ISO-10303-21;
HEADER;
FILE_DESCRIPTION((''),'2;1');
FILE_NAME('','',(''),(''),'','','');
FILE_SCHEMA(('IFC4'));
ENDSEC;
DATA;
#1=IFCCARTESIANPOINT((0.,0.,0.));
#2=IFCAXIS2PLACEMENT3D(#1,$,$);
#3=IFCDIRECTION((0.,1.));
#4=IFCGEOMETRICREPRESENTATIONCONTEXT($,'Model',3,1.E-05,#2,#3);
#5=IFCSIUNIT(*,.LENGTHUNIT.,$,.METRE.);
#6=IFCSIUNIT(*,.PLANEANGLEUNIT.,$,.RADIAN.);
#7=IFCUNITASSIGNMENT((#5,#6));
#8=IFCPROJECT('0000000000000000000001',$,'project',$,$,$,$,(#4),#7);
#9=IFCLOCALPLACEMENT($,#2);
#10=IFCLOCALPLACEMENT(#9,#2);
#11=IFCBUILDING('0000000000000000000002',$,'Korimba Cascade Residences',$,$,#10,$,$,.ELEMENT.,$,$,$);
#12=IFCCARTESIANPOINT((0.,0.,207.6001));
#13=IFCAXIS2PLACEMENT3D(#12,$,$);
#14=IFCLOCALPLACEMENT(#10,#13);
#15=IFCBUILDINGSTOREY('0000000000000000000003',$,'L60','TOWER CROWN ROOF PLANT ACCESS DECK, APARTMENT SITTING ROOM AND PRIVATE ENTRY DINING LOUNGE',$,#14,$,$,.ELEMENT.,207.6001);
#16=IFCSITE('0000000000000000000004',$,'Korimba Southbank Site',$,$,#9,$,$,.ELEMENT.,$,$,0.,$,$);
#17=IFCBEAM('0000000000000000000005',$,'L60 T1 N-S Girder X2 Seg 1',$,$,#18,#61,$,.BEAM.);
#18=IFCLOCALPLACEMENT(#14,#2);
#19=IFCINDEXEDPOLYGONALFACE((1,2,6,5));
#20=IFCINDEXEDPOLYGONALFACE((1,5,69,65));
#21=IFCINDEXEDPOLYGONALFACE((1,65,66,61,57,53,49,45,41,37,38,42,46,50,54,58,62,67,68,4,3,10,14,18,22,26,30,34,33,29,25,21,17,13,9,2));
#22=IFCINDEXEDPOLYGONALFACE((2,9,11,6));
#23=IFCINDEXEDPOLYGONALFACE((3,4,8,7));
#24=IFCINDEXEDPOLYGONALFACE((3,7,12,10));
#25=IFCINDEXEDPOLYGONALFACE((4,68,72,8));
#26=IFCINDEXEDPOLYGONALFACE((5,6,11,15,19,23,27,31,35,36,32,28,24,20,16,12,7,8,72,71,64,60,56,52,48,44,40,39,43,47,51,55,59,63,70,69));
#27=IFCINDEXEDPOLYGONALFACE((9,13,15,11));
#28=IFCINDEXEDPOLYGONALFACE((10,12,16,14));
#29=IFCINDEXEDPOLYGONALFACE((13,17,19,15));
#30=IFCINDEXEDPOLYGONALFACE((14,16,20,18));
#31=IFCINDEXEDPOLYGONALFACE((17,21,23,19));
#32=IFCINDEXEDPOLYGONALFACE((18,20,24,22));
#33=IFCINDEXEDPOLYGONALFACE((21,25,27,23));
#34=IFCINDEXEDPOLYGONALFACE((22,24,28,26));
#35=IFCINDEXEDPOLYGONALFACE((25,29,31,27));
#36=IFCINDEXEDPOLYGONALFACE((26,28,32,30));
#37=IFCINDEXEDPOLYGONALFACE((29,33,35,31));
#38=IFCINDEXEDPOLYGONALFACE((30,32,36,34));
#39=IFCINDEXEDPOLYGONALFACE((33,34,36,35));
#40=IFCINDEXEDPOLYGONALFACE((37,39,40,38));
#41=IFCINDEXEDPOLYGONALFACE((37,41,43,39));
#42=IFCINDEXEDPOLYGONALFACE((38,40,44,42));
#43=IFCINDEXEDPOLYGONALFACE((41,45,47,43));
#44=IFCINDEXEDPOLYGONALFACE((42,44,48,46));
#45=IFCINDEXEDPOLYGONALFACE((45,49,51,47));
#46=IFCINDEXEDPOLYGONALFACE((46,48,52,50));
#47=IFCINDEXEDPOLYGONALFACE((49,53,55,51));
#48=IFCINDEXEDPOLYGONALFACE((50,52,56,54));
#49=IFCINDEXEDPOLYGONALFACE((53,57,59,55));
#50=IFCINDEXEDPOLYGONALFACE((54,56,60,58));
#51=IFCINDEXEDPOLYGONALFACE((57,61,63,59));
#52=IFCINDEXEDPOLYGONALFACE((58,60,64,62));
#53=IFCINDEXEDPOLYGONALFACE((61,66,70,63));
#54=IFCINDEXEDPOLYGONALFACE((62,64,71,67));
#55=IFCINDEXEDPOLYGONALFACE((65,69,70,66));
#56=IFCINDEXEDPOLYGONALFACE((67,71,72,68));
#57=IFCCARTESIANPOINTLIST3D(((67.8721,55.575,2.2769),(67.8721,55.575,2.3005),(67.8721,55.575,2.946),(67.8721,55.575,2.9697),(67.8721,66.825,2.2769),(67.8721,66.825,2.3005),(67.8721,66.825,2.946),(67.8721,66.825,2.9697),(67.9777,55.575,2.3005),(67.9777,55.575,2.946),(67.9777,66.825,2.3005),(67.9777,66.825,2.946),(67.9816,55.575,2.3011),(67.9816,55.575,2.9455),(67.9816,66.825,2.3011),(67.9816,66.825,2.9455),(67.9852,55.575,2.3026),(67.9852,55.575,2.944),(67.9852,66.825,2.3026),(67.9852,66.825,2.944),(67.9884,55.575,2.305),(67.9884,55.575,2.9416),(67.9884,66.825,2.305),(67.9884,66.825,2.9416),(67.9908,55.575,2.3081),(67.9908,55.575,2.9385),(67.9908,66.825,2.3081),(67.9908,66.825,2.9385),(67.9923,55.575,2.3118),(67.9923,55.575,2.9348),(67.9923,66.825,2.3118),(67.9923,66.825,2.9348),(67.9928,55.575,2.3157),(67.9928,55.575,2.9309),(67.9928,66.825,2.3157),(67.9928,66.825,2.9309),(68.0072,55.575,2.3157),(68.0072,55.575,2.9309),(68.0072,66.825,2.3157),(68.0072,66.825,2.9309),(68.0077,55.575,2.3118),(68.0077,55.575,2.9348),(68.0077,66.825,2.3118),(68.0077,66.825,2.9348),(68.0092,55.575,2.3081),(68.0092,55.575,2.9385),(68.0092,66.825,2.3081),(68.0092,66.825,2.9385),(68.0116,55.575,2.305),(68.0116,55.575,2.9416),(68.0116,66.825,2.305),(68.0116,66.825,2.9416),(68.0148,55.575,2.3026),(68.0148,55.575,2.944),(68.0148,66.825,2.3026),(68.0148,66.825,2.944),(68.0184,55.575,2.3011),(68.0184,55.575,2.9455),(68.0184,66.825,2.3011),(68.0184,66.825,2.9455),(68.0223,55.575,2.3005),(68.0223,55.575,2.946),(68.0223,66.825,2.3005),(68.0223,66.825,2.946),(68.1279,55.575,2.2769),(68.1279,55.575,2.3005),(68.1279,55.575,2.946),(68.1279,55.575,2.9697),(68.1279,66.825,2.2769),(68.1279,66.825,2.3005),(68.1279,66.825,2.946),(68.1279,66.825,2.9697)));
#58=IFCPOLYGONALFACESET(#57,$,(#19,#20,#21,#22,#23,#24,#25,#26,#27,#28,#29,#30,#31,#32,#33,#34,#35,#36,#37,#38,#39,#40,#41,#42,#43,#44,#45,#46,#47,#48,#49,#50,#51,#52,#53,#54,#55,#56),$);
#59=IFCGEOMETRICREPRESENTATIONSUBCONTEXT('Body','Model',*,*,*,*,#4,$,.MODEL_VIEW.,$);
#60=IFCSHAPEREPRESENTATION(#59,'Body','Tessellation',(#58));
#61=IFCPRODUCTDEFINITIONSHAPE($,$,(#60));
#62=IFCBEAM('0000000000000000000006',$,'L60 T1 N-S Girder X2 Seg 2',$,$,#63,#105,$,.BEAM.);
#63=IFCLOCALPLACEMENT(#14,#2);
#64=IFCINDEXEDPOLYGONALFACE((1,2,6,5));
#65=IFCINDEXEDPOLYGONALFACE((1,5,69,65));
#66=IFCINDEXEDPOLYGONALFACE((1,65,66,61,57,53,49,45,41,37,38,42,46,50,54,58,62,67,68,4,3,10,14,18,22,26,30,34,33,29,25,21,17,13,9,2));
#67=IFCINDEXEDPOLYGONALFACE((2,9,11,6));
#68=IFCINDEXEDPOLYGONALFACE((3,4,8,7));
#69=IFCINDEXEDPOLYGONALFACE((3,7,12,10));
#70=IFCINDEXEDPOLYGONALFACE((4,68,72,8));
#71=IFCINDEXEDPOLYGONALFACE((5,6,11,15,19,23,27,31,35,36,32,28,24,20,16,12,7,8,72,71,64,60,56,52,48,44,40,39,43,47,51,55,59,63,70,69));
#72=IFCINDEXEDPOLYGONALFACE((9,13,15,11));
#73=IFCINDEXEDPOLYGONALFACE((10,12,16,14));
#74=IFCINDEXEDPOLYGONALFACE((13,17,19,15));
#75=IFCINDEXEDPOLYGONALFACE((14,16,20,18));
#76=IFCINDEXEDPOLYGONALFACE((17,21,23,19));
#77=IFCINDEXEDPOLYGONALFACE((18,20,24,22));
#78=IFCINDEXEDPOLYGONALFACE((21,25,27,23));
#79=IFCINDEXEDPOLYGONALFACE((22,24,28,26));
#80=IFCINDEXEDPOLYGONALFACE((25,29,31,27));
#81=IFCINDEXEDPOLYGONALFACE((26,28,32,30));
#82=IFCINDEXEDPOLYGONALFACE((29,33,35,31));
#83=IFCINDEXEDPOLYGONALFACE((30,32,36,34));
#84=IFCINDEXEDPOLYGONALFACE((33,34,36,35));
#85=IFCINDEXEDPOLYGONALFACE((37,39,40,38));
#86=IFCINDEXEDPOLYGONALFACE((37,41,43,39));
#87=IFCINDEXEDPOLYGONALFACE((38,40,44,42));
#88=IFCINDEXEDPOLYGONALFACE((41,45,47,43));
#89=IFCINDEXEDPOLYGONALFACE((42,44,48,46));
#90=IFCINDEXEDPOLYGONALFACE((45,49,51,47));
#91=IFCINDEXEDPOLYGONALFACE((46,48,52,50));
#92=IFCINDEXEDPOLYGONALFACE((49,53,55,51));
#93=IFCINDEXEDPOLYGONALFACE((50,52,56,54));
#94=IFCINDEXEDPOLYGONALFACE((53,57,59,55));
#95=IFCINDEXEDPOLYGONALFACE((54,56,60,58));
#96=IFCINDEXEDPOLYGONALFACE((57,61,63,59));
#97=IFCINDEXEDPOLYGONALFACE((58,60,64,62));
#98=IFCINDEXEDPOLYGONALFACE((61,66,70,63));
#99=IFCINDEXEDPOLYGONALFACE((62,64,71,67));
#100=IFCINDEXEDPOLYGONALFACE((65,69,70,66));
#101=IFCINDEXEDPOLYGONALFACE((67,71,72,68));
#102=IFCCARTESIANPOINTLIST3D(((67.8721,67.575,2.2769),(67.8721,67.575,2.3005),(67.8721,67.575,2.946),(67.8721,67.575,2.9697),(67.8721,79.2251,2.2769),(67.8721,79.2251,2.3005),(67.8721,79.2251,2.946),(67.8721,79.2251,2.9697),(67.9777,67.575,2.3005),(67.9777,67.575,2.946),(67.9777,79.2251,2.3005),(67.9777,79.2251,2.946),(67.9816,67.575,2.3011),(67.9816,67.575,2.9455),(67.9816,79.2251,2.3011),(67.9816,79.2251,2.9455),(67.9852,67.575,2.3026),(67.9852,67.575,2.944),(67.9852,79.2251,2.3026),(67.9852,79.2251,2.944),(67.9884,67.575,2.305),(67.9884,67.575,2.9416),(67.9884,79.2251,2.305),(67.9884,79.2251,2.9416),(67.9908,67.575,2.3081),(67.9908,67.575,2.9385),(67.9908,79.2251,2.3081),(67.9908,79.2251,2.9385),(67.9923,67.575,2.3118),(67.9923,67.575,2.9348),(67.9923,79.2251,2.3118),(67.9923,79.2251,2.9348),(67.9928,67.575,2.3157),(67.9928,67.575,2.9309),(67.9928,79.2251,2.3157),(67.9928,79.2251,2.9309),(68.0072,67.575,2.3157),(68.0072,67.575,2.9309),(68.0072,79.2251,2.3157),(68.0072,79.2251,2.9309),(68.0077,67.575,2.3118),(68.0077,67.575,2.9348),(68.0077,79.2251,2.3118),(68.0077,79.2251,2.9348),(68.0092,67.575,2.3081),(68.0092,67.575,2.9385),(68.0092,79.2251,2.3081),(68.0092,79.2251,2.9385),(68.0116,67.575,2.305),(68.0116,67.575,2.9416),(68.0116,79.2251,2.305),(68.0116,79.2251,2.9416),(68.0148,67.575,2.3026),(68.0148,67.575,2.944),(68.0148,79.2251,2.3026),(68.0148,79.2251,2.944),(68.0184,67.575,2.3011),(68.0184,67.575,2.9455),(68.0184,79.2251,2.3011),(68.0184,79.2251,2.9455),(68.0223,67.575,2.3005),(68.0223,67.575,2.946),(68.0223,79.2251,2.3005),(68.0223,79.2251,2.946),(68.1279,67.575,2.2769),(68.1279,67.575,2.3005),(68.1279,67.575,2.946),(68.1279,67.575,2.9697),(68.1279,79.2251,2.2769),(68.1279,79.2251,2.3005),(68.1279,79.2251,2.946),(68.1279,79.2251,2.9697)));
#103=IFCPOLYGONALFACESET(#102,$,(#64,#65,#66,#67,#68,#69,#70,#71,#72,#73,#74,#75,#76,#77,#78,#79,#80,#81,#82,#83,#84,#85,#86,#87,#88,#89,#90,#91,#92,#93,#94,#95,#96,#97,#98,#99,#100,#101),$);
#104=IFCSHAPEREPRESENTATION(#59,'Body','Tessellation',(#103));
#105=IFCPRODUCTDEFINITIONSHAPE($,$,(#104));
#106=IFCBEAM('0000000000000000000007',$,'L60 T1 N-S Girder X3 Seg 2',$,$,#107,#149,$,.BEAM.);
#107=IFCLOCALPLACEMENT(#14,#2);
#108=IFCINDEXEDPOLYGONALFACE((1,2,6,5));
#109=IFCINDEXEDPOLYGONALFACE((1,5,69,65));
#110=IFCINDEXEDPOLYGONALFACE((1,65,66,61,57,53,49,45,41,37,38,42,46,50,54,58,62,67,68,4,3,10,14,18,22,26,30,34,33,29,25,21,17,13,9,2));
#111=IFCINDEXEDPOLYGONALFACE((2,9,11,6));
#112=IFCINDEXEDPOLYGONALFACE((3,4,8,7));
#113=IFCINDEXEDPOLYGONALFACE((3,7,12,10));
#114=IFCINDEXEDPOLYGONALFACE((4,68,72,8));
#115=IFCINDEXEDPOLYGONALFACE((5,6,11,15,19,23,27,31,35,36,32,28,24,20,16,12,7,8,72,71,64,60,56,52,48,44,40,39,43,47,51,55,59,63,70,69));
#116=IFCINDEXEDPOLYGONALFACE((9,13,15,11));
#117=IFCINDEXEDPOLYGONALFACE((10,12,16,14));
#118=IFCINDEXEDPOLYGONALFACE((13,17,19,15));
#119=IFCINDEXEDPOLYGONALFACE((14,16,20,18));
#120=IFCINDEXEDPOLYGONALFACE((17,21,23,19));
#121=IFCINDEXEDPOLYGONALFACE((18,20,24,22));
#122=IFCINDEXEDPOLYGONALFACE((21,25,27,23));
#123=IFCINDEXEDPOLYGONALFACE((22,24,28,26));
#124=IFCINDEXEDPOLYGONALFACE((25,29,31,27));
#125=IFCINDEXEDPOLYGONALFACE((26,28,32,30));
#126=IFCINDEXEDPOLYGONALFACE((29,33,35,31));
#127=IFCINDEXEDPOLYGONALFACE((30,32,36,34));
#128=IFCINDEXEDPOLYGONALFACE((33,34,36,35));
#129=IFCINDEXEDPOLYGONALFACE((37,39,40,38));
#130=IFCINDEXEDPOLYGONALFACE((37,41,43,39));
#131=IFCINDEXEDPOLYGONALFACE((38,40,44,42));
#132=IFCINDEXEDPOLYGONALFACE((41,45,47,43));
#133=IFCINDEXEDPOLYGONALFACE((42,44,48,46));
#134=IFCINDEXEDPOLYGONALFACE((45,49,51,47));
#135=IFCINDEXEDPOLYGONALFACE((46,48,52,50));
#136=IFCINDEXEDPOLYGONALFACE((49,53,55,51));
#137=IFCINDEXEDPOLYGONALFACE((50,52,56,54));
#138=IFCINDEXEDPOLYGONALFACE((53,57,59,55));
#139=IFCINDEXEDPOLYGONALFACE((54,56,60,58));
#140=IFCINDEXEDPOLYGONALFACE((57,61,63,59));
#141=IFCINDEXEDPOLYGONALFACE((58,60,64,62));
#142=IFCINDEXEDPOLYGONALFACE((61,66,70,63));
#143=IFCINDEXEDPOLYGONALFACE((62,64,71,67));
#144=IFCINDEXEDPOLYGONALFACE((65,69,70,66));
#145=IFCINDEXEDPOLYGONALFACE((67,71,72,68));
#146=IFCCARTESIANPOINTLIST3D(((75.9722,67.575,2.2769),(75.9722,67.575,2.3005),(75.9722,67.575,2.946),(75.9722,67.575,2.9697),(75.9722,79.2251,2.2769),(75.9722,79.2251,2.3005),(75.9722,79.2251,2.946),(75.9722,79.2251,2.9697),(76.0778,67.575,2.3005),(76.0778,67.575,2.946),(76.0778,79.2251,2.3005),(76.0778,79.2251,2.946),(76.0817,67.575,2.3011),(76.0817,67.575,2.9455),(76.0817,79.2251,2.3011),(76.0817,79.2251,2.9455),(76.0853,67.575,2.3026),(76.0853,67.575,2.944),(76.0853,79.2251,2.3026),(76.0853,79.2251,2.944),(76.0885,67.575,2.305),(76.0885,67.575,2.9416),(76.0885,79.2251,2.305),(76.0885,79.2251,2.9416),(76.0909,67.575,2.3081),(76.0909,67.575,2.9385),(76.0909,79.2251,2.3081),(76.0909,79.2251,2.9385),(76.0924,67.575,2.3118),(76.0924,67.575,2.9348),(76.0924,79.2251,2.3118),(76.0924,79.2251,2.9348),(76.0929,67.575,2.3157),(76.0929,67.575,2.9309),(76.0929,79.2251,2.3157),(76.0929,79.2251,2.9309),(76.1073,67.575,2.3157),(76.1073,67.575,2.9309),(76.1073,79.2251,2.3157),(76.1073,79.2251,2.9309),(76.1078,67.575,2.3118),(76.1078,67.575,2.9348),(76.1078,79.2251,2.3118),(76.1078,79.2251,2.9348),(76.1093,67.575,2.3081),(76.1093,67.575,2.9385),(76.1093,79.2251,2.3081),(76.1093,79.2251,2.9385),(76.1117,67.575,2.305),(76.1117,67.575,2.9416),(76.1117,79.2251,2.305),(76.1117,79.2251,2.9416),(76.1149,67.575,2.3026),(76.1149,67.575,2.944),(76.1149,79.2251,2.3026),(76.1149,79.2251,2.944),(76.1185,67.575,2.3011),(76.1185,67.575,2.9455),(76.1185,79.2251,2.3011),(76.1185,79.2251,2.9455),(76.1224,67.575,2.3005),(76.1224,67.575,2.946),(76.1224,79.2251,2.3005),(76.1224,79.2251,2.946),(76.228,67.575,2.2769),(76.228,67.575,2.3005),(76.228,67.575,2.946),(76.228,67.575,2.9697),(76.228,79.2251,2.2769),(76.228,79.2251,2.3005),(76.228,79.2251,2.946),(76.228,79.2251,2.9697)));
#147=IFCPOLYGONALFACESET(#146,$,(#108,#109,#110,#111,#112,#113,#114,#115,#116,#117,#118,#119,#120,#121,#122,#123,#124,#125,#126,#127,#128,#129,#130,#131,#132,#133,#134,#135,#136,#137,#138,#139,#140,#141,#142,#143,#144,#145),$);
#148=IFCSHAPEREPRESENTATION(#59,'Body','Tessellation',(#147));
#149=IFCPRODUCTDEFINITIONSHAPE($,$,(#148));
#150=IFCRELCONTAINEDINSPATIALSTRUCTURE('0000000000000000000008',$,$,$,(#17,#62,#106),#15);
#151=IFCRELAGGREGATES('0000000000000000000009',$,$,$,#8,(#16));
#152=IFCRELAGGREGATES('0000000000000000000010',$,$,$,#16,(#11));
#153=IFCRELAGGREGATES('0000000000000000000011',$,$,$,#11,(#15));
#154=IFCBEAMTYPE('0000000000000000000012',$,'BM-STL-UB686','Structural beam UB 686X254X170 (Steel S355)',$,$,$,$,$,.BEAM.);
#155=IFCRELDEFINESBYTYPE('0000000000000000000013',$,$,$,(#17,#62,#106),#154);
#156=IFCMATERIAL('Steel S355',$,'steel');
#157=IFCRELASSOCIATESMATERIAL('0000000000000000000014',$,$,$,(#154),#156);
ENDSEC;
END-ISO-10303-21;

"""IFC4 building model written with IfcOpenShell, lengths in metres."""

from ifc_helpers import new_model, si_unit, direction, frame, origin, origin_2d, place, context, subcontext, project, spatial, i_section, extrude, material, material_profile, profile_set, type_object, element, save


model = new_model("IFC4")

# Units and contexts
model_context = context("Model", 3, precision=1e-05, world=origin(), true_north=direction((0.0, 1.0)))
body_context = subcontext(model_context, "Body", "Model", "MODEL_VIEW")
ifc_project = project(units=[si_unit("LENGTHUNIT", "METRE"), si_unit("PLANEANGLEUNIT", "RADIAN")], contexts=[model_context])

# Site, building, storey
site_placement = place(None, origin())
site = spatial("IfcSite", under=ifc_project, at=site_placement, Name="Korimba Southbank Site", CompositionType="ELEMENT", RefElevation=0.0)
building_placement = place(site_placement, origin())
building = spatial("IfcBuilding", under=site, at=building_placement, Name="Korimba Cascade Residences", CompositionType="ELEMENT")
storey_placement = place(building_placement, frame((0.0, 0.0, 207.6001)))
storey = spatial("IfcBuildingStorey", under=building, at=storey_placement, Name="L60", Description="TOWER CROWN ROOF PLANT ACCESS DECK, APARTMENT SITTING ROOM AND PRIVATE ENTRY DINING LOUNGE", CompositionType="ELEMENT", Elevation=207.6001)

# Beams
ifc_material_1 = material(Name="Steel S355", Category="steel")
ifc_material_profile_1 = material_profile(ifc_material_1, i_section(OverallWidth=0.2559, OverallDepth=0.6929, WebThickness=0.0144, FlangeThickness=0.0237, FilletRadius=0.0151, at=origin_2d()), Name="Steel S355")
ifc_profile_set_1 = profile_set([ifc_material_profile_1], Name="Steel S355")
beam_type_1 = type_object("IfcBeamType", Name="BM-STL-UB686", Description="Structural beam UB 686X254X170 (Steel S355)", PredefinedType="BEAM", material=ifc_profile_set_1)
beam_1_placement = place(storey_placement, frame((68.0, 55.575, 2.6233), z_axis=(0.0, 1.0, 0.0), x_axis=(-1.0, 0.0, 0.0)))
element("IfcBeam", 1, at=beam_1_placement, inside=storey, type_object=beam_type_1, Name="L60 T1 N-S Girder X2 Seg 1", PredefinedType="BEAM", context=body_context, shape_type="SweptSolid", body=[
    extrude(i_section(OverallWidth=0.2559, OverallDepth=0.6929, WebThickness=0.0144, FlangeThickness=0.0237, FilletRadius=0.0151, at=origin_2d()), origin(), (0.0, 0.0, 1.0), 11.25),
])
for number, where, z_axis, x_axis, name in (
    (2, (68.0, 67.575, 2.6233), (0.0, 1.0, 0.0), (-1.0, 0.0, 0.0), "L60 T1 N-S Girder X2 Seg 2"),
    (3, (76.1001, 67.575, 2.6233), (0.0, 1.0, 0.0), (-1.0, 0.0, 0.0), "L60 T1 N-S Girder X3 Seg 2"),
):
    element("IfcBeam", number, at=place(storey_placement, frame(where, z_axis=z_axis, x_axis=x_axis)), inside=storey, type_object=beam_type_1, Name=name, PredefinedType="BEAM", context=body_context, shape_type="SweptSolid", body=[
        extrude(i_section(OverallWidth=0.2559, OverallDepth=0.6929, WebThickness=0.0144, FlangeThickness=0.0237, FilletRadius=0.0151, at=origin_2d()), origin(), (0.0, 0.0, 1.0), 11.6501),
    ])

save(model, "model.ifc")
